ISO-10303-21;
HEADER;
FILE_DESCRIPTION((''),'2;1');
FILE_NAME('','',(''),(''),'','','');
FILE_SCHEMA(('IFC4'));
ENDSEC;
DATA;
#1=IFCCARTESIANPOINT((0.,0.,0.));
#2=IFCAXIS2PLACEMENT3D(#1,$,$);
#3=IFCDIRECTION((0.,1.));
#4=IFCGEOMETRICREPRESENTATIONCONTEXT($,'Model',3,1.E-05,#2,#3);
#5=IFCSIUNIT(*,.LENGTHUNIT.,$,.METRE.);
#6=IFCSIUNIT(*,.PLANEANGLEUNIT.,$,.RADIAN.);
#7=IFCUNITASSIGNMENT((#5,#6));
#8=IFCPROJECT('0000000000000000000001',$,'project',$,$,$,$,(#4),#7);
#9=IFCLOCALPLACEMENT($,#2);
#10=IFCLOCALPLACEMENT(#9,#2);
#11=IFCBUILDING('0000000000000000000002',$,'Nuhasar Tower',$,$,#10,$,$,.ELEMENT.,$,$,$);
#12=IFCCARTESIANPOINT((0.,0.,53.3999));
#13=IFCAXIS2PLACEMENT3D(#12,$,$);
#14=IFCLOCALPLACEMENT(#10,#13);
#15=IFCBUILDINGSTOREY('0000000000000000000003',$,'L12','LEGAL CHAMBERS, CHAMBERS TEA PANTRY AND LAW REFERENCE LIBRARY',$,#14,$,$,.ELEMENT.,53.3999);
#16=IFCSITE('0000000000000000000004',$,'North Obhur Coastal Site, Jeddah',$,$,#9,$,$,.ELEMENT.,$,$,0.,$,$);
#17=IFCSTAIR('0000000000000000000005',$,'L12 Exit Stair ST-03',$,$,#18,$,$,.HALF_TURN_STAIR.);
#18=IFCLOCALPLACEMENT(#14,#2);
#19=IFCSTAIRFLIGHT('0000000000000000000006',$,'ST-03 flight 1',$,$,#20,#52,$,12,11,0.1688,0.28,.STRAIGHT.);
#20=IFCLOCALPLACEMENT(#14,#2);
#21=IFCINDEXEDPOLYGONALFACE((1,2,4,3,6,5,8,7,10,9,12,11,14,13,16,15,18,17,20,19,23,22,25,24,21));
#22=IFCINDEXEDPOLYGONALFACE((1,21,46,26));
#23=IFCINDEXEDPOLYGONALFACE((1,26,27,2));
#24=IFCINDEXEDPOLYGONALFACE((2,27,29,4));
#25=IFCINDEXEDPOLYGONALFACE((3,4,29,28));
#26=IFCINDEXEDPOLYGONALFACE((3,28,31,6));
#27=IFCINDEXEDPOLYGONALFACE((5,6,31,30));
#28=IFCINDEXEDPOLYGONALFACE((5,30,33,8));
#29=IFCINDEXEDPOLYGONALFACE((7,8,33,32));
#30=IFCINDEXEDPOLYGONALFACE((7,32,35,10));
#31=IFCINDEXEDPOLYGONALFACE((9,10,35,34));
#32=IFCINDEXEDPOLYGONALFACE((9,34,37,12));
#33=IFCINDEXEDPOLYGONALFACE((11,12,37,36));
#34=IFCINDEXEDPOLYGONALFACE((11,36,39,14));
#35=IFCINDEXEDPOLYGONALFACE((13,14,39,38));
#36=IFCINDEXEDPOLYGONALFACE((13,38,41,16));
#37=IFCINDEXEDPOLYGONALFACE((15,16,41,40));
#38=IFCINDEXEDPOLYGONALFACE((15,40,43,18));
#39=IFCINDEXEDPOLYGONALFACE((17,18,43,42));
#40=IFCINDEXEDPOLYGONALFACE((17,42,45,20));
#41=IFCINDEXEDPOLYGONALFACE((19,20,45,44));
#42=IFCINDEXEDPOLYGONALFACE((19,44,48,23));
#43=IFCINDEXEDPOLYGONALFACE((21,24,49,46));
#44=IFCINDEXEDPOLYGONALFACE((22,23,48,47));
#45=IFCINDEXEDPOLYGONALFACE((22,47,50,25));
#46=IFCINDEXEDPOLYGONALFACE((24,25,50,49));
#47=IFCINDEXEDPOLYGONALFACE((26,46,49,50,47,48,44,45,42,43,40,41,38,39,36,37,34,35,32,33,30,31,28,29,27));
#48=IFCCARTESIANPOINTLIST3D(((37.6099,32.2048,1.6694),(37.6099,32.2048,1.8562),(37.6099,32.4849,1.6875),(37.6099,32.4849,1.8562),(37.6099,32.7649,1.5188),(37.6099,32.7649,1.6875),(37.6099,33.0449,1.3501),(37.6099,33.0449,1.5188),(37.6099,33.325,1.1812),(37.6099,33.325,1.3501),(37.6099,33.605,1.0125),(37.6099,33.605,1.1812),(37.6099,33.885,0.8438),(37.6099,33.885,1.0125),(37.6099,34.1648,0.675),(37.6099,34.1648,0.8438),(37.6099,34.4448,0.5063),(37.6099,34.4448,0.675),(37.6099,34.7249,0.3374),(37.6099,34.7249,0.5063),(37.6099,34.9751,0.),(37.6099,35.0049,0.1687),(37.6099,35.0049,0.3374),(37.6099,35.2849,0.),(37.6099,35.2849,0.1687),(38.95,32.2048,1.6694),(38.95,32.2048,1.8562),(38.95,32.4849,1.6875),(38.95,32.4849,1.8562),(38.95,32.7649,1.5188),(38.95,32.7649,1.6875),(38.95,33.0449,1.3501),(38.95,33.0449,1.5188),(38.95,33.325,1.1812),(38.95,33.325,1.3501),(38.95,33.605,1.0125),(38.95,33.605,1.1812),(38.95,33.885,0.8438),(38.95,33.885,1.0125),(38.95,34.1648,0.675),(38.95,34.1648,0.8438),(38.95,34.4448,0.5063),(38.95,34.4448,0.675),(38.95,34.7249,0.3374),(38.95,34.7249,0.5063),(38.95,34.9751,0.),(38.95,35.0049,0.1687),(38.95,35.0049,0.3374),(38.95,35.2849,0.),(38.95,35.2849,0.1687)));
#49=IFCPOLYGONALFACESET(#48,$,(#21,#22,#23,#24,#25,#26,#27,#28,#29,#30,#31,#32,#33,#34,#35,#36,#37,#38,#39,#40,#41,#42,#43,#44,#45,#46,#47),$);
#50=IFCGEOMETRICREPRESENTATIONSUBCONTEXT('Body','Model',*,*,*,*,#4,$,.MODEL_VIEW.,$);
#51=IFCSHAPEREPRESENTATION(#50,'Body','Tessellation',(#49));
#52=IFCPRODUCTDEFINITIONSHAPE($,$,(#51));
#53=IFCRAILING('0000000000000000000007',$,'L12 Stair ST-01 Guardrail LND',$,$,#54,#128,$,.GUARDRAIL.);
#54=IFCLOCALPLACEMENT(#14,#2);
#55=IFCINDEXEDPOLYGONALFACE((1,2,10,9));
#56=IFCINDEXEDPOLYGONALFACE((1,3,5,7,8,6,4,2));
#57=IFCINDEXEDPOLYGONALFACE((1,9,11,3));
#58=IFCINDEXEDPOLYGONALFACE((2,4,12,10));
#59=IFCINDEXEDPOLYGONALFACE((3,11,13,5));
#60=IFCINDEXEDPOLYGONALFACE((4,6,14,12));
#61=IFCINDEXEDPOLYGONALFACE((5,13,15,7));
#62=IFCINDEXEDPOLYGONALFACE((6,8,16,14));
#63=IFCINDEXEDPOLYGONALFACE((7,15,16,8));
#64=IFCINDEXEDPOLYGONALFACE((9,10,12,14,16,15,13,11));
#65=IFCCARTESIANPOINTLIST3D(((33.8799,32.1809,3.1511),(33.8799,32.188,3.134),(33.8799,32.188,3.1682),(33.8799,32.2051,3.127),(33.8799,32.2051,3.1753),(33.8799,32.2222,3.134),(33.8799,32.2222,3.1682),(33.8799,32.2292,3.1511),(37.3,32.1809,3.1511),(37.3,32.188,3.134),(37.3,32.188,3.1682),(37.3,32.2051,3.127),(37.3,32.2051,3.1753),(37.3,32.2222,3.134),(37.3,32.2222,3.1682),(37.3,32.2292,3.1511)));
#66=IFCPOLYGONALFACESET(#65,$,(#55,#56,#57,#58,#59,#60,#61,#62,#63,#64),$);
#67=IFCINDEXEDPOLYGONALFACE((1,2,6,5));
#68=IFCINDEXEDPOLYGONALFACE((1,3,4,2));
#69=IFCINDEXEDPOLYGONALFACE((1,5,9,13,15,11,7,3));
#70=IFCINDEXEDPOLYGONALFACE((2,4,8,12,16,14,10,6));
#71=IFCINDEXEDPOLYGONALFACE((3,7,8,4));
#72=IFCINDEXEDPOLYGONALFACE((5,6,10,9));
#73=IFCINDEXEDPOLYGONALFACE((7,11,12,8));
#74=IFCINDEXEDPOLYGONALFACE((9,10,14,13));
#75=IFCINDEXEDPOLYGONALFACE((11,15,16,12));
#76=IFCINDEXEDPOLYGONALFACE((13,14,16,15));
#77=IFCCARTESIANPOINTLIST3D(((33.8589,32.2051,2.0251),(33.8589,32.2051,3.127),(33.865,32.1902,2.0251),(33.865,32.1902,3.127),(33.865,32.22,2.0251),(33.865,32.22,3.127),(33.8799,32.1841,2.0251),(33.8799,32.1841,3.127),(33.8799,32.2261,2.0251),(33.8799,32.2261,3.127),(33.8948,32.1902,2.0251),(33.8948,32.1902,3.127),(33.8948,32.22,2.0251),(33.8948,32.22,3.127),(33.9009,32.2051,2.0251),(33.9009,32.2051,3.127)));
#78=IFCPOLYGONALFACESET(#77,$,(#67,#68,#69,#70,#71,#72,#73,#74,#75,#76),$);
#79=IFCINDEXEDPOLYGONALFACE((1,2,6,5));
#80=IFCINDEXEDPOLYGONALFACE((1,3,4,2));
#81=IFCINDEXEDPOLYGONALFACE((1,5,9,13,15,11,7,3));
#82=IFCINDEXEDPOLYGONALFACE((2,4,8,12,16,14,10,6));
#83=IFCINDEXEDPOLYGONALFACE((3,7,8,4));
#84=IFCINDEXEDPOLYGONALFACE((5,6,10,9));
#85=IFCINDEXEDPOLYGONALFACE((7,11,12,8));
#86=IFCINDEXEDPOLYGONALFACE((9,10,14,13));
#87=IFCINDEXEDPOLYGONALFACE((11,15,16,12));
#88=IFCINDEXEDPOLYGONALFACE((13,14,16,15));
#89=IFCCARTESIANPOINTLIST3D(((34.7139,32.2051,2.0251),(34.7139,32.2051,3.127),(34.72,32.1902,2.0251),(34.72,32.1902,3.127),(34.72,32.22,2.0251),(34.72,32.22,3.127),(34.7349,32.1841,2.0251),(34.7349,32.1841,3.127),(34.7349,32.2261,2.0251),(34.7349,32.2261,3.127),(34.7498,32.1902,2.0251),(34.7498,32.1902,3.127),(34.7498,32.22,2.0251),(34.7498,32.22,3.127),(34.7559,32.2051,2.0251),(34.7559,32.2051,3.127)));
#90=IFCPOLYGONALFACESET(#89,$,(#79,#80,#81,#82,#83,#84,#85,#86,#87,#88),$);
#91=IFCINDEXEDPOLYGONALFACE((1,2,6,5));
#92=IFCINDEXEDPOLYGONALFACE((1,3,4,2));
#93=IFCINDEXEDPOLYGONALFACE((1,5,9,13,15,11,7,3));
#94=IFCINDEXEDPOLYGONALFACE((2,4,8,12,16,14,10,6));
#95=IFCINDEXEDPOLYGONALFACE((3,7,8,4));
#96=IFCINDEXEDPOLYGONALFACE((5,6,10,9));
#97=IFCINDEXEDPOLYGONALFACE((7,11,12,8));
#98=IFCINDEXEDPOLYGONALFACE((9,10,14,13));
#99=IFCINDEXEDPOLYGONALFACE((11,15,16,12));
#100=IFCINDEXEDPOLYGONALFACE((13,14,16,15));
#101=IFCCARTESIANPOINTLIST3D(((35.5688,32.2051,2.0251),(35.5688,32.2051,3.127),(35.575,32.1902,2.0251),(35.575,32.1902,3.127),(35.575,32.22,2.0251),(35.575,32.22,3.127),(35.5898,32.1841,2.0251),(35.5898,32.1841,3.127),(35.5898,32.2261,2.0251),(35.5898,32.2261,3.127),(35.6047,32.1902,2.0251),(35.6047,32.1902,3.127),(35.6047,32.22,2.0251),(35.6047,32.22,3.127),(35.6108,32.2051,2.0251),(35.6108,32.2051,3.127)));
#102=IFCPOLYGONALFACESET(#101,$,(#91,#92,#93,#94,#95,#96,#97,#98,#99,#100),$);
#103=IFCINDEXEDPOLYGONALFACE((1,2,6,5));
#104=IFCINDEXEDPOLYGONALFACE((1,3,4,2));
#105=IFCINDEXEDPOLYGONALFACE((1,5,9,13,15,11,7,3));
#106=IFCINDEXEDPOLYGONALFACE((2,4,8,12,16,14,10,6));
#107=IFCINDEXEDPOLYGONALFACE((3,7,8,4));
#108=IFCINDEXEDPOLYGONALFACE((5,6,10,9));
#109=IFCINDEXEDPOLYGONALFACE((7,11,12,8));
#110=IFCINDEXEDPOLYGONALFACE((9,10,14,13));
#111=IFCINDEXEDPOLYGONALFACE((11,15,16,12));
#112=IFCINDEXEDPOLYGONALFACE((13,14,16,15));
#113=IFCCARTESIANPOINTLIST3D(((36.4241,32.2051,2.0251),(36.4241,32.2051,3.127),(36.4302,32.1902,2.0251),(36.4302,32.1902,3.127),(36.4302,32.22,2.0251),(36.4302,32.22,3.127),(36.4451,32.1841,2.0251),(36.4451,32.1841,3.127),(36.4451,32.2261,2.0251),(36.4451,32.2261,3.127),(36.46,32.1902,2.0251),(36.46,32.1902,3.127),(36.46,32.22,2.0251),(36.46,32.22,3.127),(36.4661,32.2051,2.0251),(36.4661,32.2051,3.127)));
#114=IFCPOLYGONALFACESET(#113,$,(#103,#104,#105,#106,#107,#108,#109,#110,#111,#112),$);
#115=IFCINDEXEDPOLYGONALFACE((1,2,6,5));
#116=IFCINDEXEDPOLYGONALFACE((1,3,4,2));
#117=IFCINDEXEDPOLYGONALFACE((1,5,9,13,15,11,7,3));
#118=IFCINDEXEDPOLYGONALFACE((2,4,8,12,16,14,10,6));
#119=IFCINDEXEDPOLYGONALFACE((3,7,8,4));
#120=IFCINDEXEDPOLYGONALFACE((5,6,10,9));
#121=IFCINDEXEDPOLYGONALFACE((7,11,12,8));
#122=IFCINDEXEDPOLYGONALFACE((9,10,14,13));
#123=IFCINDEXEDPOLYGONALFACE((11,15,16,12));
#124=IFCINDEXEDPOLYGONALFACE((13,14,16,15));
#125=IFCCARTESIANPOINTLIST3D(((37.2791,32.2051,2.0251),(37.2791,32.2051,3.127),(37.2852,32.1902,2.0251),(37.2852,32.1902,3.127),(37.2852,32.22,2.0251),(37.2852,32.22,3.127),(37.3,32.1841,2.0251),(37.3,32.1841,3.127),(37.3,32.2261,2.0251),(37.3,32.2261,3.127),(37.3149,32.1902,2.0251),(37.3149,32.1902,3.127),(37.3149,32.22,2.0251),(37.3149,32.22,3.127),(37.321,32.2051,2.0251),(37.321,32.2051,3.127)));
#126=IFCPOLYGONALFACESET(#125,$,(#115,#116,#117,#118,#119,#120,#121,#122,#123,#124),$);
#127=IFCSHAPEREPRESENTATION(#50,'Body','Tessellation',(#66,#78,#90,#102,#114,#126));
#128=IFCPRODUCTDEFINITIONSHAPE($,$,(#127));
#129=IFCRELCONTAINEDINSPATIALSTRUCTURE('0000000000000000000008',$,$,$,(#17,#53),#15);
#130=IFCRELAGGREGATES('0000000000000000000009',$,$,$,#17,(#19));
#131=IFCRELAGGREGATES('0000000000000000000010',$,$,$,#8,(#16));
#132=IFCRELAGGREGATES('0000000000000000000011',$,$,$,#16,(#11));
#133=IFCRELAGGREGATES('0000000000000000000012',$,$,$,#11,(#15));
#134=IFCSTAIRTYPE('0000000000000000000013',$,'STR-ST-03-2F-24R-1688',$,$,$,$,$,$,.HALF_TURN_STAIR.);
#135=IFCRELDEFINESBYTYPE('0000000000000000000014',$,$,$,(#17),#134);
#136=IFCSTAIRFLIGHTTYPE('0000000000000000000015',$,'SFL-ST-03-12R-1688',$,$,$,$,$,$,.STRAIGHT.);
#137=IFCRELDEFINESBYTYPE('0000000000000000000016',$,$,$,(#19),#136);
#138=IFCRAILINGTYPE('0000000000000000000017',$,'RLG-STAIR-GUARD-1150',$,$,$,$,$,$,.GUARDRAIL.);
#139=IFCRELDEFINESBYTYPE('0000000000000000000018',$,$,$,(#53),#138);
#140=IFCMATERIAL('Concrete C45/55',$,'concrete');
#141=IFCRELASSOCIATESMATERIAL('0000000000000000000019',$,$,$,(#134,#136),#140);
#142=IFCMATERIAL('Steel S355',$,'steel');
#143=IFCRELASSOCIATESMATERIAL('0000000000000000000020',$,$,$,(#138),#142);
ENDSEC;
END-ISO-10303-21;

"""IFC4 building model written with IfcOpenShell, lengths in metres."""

from ifc_helpers import new_model, si_unit, direction, frame, origin, place, context, subcontext, project, spatial, polyline, outline, extrude, material, type_object, element, aggregate, save


model = new_model("IFC4")

# Units and contexts
model_context = context("Model", 3, precision=1e-05, world=origin(), true_north=direction((0.0, 1.0)))
body_context = subcontext(model_context, "Body", "Model", "MODEL_VIEW")
ifc_project = project(units=[si_unit("LENGTHUNIT", "METRE"), si_unit("PLANEANGLEUNIT", "RADIAN")], contexts=[model_context])

# Site, building, storey
site_placement = place(None, origin())
site = spatial("IfcSite", under=ifc_project, at=site_placement, Name="North Obhur Coastal Site, Jeddah", CompositionType="ELEMENT", RefElevation=0.0)
building_placement = place(site_placement, origin())
building = spatial("IfcBuilding", under=site, at=building_placement, Name="Nuhasar Tower", CompositionType="ELEMENT")
storey_placement = place(building_placement, frame((0.0, 0.0, 53.3999)))
storey = spatial("IfcBuildingStorey", under=building, at=storey_placement, Name="L12", Description="LEGAL CHAMBERS, CHAMBERS TEA PANTRY AND LAW REFERENCE LIBRARY", CompositionType="ELEMENT", Elevation=53.3999)

# Shared definitions
ifc_material_1 = material(Name="Steel S355", Category="steel")

# Shared definitions
ifc_material_2 = material(Name="Concrete C45/55", Category="concrete")

# Stair, stair flight
stair_type_1 = type_object("IfcStairType", Name="STR-ST-03-2F-24R-1688", PredefinedType="HALF_TURN_STAIR", material=ifc_material_2)
stair_1_placement = place(storey_placement, origin())
stair_1 = element("IfcStair", 1, at=stair_1_placement, inside=storey, type_object=stair_type_1, Name="L12 Exit Stair ST-03", PredefinedType="HALF_TURN_STAIR")
stair_flight_type_1 = type_object("IfcStairFlightType", Name="SFL-ST-03-12R-1688", PredefinedType="STRAIGHT", material=ifc_material_2)
stair_flight_1_placement = place(storey_placement, frame((38.28, 35.2849, 0.0), z_axis=(0.0, 0.0, 1.0), x_axis=(0.0, -1.0, 0.0)))
stair_flight_1 = element("IfcStairFlight", 2, at=stair_flight_1_placement, type_object=stair_flight_type_1, Name="ST-03 flight 1", NumberOfRisers=12, NumberOfTreads=11, PredefinedType="STRAIGHT", RiserHeight=0.1688, TreadLength=0.28, context=body_context, shape_type="SweptSolid", body=[
    extrude(outline(polyline([(0.0, 0.0), (0.0, 0.1687), (0.28, 0.1687), (0.28, 0.3374), (0.5601, 0.3374), (0.5601, 0.5063), (0.8401, 0.5063), (0.8401, 0.675), (1.1201, 0.675), (1.1201, 0.8438), (1.3999, 0.8438), (1.3999, 1.0125), (1.6799, 1.0125), (1.6799, 1.1812), (1.96, 1.1812), (1.96, 1.3501), (2.24, 1.3501), (2.24, 1.5188), (2.52, 1.5188), (2.52, 1.6875), (2.8, 1.6875), (2.8, 1.8562), (3.0801, 1.8562), (3.0801, 2.0249), (3.0801, 1.6694), (0.3098, 0.0), (0.0, 0.0)])), frame((0.0, 0.6699, 0.0), z_axis=(0.0, -1.0, 0.0), x_axis=(1.0, 0.0, 0.0)), (0.0, 0.0, 1.0), 1.3401),
])
aggregate(stair_1, [stair_flight_1])

# Railing
railing_type_1 = type_object("IfcRailingType", Name="RLG-STAIR-GUARD-1150", PredefinedType="GUARDRAIL", material=ifc_material_1)
railing_1_placement = place(storey_placement, frame((33.8799, 32.2051, 2.0251)))
element("IfcRailing", 3, at=railing_1_placement, inside=storey, type_object=railing_type_1, Name="L12 Stair ST-01 Guardrail LND", PredefinedType="GUARDRAIL", context=body_context, shape_type="SweptSolid", body=[
    extrude(outline(polyline([(0.0242, 0.0), (0.0171, 0.0171), (0.0, 0.0242), (-0.0171, 0.0171), (-0.0242, 0.0), (-0.0171, -0.0171), (0.0, -0.0242), (0.0171, -0.0171), (0.0242, 0.0)])), frame((0.0, 0.0, 1.126), z_axis=(1.0, 0.0, 0.0), x_axis=(0.0, 1.0, 0.0)), (0.0, 0.0, 1.0), 3.4202),
    extrude(outline(polyline([(0.021, 0.0), (0.0149, 0.0149), (0.0, 0.021), (-0.0149, 0.0149), (-0.021, 0.0), (-0.0149, -0.0149), (0.0, -0.021), (0.0149, -0.0149), (0.021, 0.0)])), origin(), (0.0, 0.0, 1.0), 1.1018),
    extrude(outline(polyline([(0.021, 0.0), (0.0149, 0.0149), (0.0, 0.021), (-0.0149, 0.0149), (-0.021, 0.0), (-0.0149, -0.0149), (0.0, -0.021), (0.0149, -0.0149), (0.021, 0.0)])), frame((0.855, 0.0, 0.0)), (0.0, 0.0, 1.0), 1.1018),
    extrude(outline(polyline([(0.021, 0.0), (0.0149, 0.0149), (0.0, 0.021), (-0.0149, 0.0149), (-0.021, 0.0), (-0.0149, -0.0149), (0.0, -0.021), (0.0149, -0.0149), (0.021, 0.0)])), frame((1.71, 0.0, 0.0)), (0.0, 0.0, 1.0), 1.1018),
    extrude(outline(polyline([(0.021, 0.0), (0.0149, 0.0149), (0.0, 0.021), (-0.0149, 0.0149), (-0.021, 0.0), (-0.0149, -0.0149), (0.0, -0.021), (0.0149, -0.0149), (0.021, 0.0)])), frame((2.5652, 0.0, 0.0)), (0.0, 0.0, 1.0), 1.1018),
    extrude(outline(polyline([(0.021, 0.0), (0.0149, 0.0149), (0.0, 0.021), (-0.0149, 0.0149), (-0.021, 0.0), (-0.0149, -0.0149), (0.0, -0.021), (0.0149, -0.0149), (0.021, 0.0)])), frame((3.4202, 0.0, 0.0)), (0.0, 0.0, 1.0), 1.1018),
])

save(model, "model.ifc")
